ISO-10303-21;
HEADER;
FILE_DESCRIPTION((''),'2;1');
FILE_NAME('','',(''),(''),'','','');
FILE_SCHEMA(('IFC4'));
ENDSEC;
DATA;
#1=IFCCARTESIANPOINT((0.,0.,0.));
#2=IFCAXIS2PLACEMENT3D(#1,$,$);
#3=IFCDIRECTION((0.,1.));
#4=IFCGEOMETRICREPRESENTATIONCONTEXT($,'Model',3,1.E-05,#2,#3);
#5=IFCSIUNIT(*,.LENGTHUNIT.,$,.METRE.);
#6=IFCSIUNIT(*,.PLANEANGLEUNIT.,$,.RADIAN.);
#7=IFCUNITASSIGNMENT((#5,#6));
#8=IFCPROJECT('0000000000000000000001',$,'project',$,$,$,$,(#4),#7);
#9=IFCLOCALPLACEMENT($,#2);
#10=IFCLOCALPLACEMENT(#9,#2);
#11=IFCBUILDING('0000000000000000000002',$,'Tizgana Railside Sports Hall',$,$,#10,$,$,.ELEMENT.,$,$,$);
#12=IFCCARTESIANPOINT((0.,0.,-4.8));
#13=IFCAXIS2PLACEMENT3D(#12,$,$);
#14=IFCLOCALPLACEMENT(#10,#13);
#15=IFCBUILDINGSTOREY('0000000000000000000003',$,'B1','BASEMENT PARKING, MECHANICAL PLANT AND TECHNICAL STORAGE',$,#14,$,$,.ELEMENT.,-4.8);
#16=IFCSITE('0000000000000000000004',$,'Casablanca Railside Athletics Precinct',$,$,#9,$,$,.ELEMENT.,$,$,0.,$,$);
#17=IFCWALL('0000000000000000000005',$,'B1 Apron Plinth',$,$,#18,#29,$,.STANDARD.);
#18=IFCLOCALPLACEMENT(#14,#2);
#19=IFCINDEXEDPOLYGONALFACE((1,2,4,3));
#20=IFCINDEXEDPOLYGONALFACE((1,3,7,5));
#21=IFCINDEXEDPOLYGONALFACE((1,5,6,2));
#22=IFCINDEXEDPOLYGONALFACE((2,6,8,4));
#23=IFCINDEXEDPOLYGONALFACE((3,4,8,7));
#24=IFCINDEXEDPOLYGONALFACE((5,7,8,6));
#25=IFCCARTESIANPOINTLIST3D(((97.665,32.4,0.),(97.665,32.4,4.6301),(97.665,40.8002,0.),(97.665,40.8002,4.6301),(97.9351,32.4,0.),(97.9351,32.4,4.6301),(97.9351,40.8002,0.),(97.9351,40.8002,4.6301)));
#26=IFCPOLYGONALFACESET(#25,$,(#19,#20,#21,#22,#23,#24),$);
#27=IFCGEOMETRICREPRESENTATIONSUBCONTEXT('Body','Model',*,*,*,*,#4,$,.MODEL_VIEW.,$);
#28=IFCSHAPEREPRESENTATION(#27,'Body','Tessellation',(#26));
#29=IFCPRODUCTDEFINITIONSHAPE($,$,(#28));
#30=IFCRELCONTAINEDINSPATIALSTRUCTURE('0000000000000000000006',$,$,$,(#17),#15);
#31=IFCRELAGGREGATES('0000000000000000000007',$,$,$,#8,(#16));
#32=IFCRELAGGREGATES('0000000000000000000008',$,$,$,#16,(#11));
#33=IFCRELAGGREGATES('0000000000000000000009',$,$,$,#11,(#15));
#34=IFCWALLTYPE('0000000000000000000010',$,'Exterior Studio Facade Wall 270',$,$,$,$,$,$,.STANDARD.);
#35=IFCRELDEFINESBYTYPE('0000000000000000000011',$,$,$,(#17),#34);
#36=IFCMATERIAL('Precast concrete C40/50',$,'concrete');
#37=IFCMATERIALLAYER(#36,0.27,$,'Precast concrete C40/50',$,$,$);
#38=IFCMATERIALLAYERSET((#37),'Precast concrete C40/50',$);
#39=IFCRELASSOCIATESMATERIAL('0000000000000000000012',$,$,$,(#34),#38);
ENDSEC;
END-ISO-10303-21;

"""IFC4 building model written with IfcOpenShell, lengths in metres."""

from ifc_helpers import new_model, si_unit, direction, frame, frame_2d, origin, place, context, subcontext, project, spatial, rectangle, extrude, material, layer, layer_set, type_object, element, save


model = new_model("IFC4")

# Units and contexts
model_context = context("Model", 3, precision=1e-05, world=origin(), true_north=direction((0.0, 1.0)))
body_context = subcontext(model_context, "Body", "Model", "MODEL_VIEW")
ifc_project = project(units=[si_unit("LENGTHUNIT", "METRE"), si_unit("PLANEANGLEUNIT", "RADIAN")], contexts=[model_context])

# Site, building, storey
site_placement = place(None, origin())
site = spatial("IfcSite", under=ifc_project, at=site_placement, Name="Casablanca Railside Athletics Precinct", CompositionType="ELEMENT", RefElevation=0.0)
building_placement = place(site_placement, origin())
building = spatial("IfcBuilding", under=site, at=building_placement, Name="Tizgana Railside Sports Hall", CompositionType="ELEMENT")
storey_placement = place(building_placement, frame((0.0, 0.0, -4.8)))
storey = spatial("IfcBuildingStorey", under=building, at=storey_placement, Name="B1", Description="BASEMENT PARKING, MECHANICAL PLANT AND TECHNICAL STORAGE", CompositionType="ELEMENT", Elevation=-4.8)

# Wall
ifc_material_1 = material(Name="Precast concrete C40/50", Category="concrete")
ifc_layer = layer(ifc_material_1, 0.27, Name="Precast concrete C40/50")
ifc_layer_set = layer_set([ifc_layer], Name="Precast concrete C40/50")
wall_type = type_object("IfcWallType", Name="Exterior Studio Facade Wall 270", PredefinedType="STANDARD", material=ifc_layer_set)
wall_placement = place(storey_placement, frame((97.8, 32.3999, 0.0), z_axis=(0.0, 0.0, 1.0), x_axis=(0.0, 1.0, 0.0)))
element("IfcWall", 1, at=wall_placement, inside=storey, type_object=wall_type, Name="B1 Apron Plinth", PredefinedType="STANDARD", context=body_context, shape_type="SweptSolid", body=[
    extrude(rectangle(XDim=8.4001, YDim=0.27, at=frame_2d((4.2002, 0.0))), origin(), (0.0, 0.0, 1.0), 4.6301),
])

save(model, "model.ifc")
